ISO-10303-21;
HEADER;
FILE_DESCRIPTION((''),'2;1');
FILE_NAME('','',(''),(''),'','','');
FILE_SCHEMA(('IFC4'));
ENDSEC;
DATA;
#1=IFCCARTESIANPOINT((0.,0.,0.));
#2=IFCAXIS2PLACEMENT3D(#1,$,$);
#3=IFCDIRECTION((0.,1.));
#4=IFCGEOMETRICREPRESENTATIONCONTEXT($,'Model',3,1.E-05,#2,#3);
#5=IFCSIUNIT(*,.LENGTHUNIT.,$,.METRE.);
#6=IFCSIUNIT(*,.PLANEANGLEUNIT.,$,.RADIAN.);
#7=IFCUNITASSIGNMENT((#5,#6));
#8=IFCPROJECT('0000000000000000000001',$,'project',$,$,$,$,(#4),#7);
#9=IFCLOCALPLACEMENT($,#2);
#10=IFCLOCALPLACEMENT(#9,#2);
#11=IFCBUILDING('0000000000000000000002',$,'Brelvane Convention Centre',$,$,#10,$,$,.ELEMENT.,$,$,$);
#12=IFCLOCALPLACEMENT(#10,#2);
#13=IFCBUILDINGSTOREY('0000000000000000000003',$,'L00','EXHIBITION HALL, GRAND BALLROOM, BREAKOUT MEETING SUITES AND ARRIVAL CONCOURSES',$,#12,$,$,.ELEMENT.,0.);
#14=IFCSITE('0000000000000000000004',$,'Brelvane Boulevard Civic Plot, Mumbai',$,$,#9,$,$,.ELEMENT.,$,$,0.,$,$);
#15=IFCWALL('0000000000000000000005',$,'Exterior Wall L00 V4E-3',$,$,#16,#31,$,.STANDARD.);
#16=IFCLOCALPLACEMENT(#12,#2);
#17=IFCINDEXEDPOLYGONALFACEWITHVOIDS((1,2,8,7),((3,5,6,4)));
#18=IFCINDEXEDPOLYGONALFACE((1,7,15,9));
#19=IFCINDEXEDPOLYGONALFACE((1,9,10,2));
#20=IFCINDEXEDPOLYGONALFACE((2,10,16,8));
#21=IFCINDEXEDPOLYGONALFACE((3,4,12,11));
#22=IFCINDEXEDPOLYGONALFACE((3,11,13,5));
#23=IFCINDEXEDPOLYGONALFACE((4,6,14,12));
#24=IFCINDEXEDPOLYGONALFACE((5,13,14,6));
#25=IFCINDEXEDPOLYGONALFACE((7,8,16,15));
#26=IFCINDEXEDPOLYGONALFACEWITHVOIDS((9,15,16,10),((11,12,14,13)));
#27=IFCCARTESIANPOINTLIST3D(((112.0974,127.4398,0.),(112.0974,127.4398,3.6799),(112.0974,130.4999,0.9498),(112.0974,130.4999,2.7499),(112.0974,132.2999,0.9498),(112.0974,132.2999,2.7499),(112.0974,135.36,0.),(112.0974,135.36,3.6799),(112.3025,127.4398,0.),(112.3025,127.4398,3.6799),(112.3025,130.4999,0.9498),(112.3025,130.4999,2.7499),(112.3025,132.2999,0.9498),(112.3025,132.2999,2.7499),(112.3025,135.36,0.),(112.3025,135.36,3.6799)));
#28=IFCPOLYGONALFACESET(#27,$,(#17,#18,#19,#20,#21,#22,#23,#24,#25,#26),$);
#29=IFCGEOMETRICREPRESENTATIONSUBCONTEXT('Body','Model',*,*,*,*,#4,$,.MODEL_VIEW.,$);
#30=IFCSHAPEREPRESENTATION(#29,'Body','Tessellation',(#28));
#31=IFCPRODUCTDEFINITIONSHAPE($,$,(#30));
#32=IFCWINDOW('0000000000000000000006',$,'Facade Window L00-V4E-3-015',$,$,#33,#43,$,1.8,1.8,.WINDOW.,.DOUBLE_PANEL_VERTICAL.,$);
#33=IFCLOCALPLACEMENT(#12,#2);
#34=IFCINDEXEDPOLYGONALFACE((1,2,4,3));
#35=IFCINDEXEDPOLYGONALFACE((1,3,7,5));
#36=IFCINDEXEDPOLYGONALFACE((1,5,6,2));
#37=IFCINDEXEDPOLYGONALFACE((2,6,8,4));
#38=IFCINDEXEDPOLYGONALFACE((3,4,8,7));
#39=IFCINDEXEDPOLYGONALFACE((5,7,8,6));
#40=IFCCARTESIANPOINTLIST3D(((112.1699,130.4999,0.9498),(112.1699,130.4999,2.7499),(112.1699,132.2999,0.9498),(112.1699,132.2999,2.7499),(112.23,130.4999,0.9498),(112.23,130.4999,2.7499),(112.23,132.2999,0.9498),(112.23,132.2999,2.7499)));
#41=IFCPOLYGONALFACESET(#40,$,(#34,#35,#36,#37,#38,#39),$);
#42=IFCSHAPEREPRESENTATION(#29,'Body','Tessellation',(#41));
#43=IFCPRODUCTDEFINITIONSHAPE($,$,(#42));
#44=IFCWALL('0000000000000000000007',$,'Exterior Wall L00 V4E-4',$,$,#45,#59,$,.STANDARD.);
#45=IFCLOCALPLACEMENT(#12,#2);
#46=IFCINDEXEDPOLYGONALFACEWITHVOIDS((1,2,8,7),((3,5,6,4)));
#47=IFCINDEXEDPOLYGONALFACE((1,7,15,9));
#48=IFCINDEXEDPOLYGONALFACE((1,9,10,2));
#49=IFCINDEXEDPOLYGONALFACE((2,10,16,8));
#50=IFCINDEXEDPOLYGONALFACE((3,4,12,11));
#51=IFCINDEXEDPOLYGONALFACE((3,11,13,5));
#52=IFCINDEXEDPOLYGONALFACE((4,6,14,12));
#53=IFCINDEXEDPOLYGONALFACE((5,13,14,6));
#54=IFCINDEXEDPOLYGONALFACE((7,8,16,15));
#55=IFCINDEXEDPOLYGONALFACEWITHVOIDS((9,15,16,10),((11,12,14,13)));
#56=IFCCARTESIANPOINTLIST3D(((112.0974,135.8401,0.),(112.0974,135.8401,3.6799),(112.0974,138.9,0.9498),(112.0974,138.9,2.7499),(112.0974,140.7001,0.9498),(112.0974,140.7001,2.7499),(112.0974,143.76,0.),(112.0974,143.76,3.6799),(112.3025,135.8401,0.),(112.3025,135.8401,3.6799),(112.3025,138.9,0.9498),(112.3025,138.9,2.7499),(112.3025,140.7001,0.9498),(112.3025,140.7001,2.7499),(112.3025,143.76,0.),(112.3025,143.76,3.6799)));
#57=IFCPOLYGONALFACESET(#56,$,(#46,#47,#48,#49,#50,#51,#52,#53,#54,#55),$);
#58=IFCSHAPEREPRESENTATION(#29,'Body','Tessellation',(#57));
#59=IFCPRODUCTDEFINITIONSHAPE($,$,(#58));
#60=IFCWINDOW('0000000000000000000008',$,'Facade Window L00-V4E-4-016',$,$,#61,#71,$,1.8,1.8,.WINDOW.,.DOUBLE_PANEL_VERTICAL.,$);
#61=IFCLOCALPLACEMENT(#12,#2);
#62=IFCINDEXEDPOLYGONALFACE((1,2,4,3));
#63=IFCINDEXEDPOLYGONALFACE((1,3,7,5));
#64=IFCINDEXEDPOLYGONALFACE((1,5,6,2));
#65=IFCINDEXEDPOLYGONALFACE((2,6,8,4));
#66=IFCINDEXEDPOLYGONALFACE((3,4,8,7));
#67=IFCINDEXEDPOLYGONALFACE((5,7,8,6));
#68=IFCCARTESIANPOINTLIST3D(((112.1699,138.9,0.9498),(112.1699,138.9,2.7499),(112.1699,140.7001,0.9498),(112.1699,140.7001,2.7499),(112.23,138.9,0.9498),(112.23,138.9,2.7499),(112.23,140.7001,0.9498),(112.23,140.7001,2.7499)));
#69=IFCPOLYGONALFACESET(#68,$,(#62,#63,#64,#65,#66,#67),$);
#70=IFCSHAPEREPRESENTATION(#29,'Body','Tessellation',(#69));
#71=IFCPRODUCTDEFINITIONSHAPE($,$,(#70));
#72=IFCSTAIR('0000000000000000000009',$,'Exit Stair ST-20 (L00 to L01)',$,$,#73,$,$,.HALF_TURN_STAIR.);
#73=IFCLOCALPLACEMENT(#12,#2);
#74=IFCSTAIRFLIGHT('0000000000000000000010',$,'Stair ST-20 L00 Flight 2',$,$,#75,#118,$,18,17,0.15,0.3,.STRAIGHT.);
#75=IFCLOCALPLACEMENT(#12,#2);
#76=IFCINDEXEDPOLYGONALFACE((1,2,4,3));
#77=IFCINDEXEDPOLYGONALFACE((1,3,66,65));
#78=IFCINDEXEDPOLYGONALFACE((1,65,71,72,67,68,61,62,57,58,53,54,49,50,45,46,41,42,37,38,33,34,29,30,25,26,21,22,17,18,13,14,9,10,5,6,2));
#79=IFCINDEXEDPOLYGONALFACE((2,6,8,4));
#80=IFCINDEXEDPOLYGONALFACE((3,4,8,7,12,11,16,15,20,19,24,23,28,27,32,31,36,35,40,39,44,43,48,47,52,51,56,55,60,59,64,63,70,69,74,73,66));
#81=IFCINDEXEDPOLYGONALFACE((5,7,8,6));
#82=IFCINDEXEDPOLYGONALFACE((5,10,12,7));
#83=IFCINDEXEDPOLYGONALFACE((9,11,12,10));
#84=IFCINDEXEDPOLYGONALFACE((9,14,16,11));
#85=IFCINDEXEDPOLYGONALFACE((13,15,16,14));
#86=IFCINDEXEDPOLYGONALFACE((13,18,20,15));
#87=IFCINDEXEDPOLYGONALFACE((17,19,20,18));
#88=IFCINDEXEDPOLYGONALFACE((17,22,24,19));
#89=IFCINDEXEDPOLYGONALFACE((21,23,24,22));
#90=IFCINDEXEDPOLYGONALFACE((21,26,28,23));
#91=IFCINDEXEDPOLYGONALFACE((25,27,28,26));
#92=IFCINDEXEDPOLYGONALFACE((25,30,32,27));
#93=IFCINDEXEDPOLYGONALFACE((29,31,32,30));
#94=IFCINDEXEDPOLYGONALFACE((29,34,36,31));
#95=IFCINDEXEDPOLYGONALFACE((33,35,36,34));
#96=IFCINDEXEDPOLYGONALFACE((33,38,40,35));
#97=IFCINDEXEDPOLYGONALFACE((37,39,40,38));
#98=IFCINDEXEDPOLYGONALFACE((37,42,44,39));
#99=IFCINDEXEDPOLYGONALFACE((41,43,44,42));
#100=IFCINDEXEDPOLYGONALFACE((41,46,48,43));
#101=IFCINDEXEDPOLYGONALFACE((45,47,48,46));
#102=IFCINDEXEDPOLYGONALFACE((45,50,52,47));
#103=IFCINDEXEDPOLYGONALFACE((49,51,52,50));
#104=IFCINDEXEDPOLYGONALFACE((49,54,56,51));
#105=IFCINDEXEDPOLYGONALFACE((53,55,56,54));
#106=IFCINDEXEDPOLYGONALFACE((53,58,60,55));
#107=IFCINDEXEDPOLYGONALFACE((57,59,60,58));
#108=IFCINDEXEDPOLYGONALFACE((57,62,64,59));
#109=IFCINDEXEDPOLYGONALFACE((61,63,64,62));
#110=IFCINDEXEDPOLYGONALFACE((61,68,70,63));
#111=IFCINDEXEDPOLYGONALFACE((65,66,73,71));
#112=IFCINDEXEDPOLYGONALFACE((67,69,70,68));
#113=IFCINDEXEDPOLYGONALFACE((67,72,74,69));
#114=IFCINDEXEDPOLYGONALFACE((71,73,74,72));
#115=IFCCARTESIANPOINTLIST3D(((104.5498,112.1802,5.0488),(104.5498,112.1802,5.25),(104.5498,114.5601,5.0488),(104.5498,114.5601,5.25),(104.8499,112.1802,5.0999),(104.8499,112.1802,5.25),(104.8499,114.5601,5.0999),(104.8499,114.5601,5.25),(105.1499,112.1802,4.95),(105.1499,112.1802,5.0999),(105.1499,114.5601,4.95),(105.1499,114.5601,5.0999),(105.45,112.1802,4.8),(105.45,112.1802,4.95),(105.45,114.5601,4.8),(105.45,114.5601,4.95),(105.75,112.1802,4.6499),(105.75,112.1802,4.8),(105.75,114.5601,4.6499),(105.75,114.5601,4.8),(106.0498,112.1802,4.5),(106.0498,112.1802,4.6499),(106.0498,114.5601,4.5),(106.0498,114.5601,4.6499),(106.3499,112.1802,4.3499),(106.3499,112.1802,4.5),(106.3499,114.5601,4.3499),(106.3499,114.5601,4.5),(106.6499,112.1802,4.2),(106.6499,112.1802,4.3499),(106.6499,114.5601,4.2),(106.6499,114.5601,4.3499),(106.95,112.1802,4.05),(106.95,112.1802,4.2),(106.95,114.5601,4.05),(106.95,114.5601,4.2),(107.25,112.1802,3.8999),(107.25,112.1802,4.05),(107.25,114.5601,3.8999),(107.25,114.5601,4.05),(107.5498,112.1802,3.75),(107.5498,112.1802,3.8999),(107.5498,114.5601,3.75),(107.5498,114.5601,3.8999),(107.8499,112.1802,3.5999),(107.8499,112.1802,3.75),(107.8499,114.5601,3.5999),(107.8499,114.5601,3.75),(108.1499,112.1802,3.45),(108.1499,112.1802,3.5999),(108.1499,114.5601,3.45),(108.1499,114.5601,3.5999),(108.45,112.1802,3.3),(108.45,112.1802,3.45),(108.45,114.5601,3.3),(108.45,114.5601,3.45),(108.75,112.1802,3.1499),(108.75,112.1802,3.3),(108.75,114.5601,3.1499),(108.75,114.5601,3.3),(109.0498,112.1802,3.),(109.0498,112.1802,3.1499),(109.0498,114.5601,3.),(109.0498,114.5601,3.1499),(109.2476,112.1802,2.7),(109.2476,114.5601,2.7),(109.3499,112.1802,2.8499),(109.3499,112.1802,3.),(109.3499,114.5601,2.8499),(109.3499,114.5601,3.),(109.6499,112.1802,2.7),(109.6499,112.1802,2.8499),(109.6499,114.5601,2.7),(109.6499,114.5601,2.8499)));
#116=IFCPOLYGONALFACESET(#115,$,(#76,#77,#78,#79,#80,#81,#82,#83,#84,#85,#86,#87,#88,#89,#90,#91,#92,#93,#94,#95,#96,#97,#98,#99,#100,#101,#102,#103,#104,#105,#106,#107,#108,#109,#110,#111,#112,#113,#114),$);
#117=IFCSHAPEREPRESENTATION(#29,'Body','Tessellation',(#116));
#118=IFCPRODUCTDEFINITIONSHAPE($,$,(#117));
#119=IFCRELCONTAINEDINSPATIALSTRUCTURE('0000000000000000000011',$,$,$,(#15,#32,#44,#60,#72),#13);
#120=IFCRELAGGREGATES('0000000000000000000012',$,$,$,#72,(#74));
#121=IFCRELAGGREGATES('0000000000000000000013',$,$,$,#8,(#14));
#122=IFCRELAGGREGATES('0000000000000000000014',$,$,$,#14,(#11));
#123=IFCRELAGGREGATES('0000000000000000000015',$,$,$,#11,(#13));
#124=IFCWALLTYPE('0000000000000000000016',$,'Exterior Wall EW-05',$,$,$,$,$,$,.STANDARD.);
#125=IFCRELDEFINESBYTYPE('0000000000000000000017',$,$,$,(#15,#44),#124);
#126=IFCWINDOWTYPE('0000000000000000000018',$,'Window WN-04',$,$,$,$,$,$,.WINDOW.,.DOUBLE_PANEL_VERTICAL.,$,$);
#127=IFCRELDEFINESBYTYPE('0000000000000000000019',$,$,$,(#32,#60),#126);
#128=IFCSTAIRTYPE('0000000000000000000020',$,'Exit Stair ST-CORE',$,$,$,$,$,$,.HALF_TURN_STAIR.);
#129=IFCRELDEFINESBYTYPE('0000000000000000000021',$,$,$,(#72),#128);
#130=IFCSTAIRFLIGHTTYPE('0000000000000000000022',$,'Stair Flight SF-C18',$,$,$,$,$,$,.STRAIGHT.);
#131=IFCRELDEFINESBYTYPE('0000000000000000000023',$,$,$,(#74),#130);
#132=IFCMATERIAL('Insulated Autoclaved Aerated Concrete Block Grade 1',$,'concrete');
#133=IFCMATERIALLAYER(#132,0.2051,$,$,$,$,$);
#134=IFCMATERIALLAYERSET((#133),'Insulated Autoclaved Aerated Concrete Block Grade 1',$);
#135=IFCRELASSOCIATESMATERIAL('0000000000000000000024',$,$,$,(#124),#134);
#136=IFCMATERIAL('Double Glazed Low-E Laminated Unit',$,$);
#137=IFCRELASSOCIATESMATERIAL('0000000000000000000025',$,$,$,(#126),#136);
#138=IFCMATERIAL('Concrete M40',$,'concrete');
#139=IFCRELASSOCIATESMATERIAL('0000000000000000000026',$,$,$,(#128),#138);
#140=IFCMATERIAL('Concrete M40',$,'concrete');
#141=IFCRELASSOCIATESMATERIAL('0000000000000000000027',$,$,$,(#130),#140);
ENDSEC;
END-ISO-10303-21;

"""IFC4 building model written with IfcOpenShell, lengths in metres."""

from ifc_helpers import new_model, si_unit, direction, frame, frame_2d, origin, place, context, subcontext, project, spatial, polyline, rectangle, outline, extrude, material, layer, layer_set, type_object, element, fill, aggregate, save


model = new_model("IFC4")

# Units and contexts
model_context = context("Model", 3, precision=1e-05, world=origin(), true_north=direction((0.0, 1.0)))
body_context = subcontext(model_context, "Body", "Model", "MODEL_VIEW")
ifc_project = project(units=[si_unit("LENGTHUNIT", "METRE"), si_unit("PLANEANGLEUNIT", "RADIAN")], contexts=[model_context])

# Site, building, storey
site_placement = place(None, origin())
site = spatial("IfcSite", under=ifc_project, at=site_placement, Name="Brelvane Boulevard Civic Plot, Mumbai", CompositionType="ELEMENT", RefElevation=0.0)
building_placement = place(site_placement, origin())
building = spatial("IfcBuilding", under=site, at=building_placement, Name="Brelvane Convention Centre", CompositionType="ELEMENT")
storey_placement = place(building_placement, origin())
storey = spatial("IfcBuildingStorey", under=building, at=storey_placement, Name="L00", Description="EXHIBITION HALL, GRAND BALLROOM, BREAKOUT MEETING SUITES AND ARRIVAL CONCOURSES", CompositionType="ELEMENT", Elevation=0.0)

# Shared definitions
ifc_material_1 = material(Name="Insulated Autoclaved Aerated Concrete Block Grade 1", Category="concrete")
ifc_layer = layer(ifc_material_1, 0.2051)
ifc_layer_set = layer_set([ifc_layer], Name="Insulated Autoclaved Aerated Concrete Block Grade 1")
wall_type = type_object("IfcWallType", Name="Exterior Wall EW-05", PredefinedType="STANDARD", material=ifc_layer_set)

# Walls, openings, windows
wall_1_placement = place(storey_placement, frame((112.2, 127.4399, 0.0), z_axis=(0.0, 0.0, 1.0), x_axis=(0.0, 1.0, 0.0)))
wall_1 = element("IfcWall", 1, at=wall_1_placement, inside=storey, type_object=wall_type, Name="Exterior Wall L00 V4E-3", PredefinedType="STANDARD", context=body_context, shape_type="SweptSolid", body=[
    extrude(rectangle(XDim=7.9202, YDim=0.2051, at=frame_2d((3.96, 0.0))), origin(), (0.0, 0.0, 1.0), 3.6799),
])
opening_1_placement = place(wall_1_placement, frame((3.0601, 0.0, 0.95)))
opening_1 = element("IfcOpeningElement", 2, at=opening_1_placement, cuts=wall_1, PredefinedType="OPENING", context=body_context, shape_type="SweptSolid", body=[
    extrude(rectangle(XDim=1.8, YDim=1.8, at=frame_2d((0.8999, 0.8999))), frame((0.0, 0.1125, 0.0), z_axis=(0.0, -1.0, 0.0), x_axis=(1.0, 0.0, 0.0)), (0.0, 0.0, 1.0), 0.2251),
])
ifc_material_2 = material(Name="Double Glazed Low-E Laminated Unit")
window_type = type_object("IfcWindowType", Name="Window WN-04", PartitioningType="DOUBLE_PANEL_VERTICAL", PredefinedType="WINDOW", material=ifc_material_2)
window_1_placement = place(opening_1_placement, origin())
window_1 = element("IfcWindow", 3, at=window_1_placement, inside=storey, type_object=window_type, Name="Facade Window L00-V4E-3-015", OverallHeight=1.8, OverallWidth=1.8, PartitioningType="DOUBLE_PANEL_VERTICAL", PredefinedType="WINDOW", context=body_context, shape_type="SweptSolid", body=[
    extrude(rectangle(XDim=1.8, YDim=1.8, at=frame_2d((0.8999, 0.8999))), frame((0.0, 0.03, 0.0), z_axis=(0.0, -1.0, 0.0), x_axis=(1.0, 0.0, 0.0)), (0.0, 0.0, 1.0), 0.0601),
])
fill(opening_1, window_1)
wall_2_placement = place(storey_placement, frame((112.2, 135.8401, 0.0), z_axis=(0.0, 0.0, 1.0), x_axis=(0.0, 1.0, 0.0)))
wall_2 = element("IfcWall", 4, at=wall_2_placement, inside=storey, type_object=wall_type, Name="Exterior Wall L00 V4E-4", PredefinedType="STANDARD", context=body_context, shape_type="SweptSolid", body=[
    extrude(rectangle(XDim=7.9199, YDim=0.2051, at=frame_2d((3.96, 0.0))), origin(), (0.0, 0.0, 1.0), 3.6799),
])
opening_2_placement = place(wall_2_placement, frame((3.0601, 0.0, 0.95)))
opening_2 = element("IfcOpeningElement", 5, at=opening_2_placement, cuts=wall_2, PredefinedType="OPENING", context=body_context, shape_type="SweptSolid", body=[
    extrude(rectangle(XDim=1.8, YDim=1.8, at=frame_2d((0.8999, 0.8999))), frame((0.0, 0.1125, 0.0), z_axis=(0.0, -1.0, 0.0), x_axis=(1.0, 0.0, 0.0)), (0.0, 0.0, 1.0), 0.2251),
])
window_2_placement = place(opening_2_placement, origin())
window_2 = element("IfcWindow", 6, at=window_2_placement, inside=storey, type_object=window_type, Name="Facade Window L00-V4E-4-016", OverallHeight=1.8, OverallWidth=1.8, PartitioningType="DOUBLE_PANEL_VERTICAL", PredefinedType="WINDOW", context=body_context, shape_type="SweptSolid", body=[
    extrude(rectangle(XDim=1.8, YDim=1.8, at=frame_2d((0.8999, 0.8999))), frame((0.0, 0.03, 0.0), z_axis=(0.0, -1.0, 0.0), x_axis=(1.0, 0.0, 0.0)), (0.0, 0.0, 1.0), 0.0601),
])
fill(opening_2, window_2)

# Stair, stair flight
ifc_material_3 = material(Name="Concrete M40", Category="concrete")
stair_type = type_object("IfcStairType", Name="Exit Stair ST-CORE", PredefinedType="HALF_TURN_STAIR", material=ifc_material_3)
stair_placement = place(storey_placement, origin())
stair = element("IfcStair", 7, at=stair_placement, inside=storey, type_object=stair_type, Name="Exit Stair ST-20 (L00 to L01)", PredefinedType="HALF_TURN_STAIR")
ifc_material_4 = material(Name="Concrete M40", Category="concrete")
stair_flight_type = type_object("IfcStairFlightType", Name="Stair Flight SF-C18", PredefinedType="STRAIGHT", material=ifc_material_4)
stair_flight_placement = place(storey_placement, frame((109.6499, 113.3701, 2.7), z_axis=(0.0, 0.0, 1.0), x_axis=(-1.0, 0.0, 0.0)))
stair_flight = element("IfcStairFlight", 8, at=stair_flight_placement, type_object=stair_flight_type, Name="Stair ST-20 L00 Flight 2", NumberOfRisers=18, NumberOfTreads=17, PredefinedType="STRAIGHT", RiserHeight=0.15, TreadLength=0.3, context=body_context, shape_type="SweptSolid", body=[
    extrude(outline(polyline([(0.0, 0.0), (0.0, 0.1499), (0.3, 0.1499), (0.3, 0.3), (0.6001, 0.3), (0.6001, 0.45), (0.8999, 0.45), (0.8999, 0.6001), (1.2, 0.6001), (1.2, 0.75), (1.5, 0.75), (1.5, 0.8999), (1.8, 0.8999), (1.8, 1.05), (2.1001, 1.05), (2.1001, 1.2), (2.3999, 1.2), (2.3999, 1.3501), (2.7, 1.3501), (2.7, 1.5), (3.0, 1.5), (3.0, 1.6499), (3.3, 1.6499), (3.3, 1.8), (3.6001, 1.8), (3.6001, 1.95), (3.8999, 1.95), (3.8999, 2.1001), (4.2, 2.1001), (4.2, 2.25), (4.5, 2.25), (4.5, 2.3999), (4.8, 2.3999), (4.8, 2.55), (5.1001, 2.55), (5.1001, 2.7), (5.1001, 2.3489), (0.4023, 0.0), (0.0, 0.0)])), frame((0.0, 1.1899, 0.0), z_axis=(0.0, -1.0, 0.0), x_axis=(1.0, 0.0, 0.0)), (0.0, 0.0, 1.0), 2.3799),
])
aggregate(stair, [stair_flight])

save(model, "model.ifc")
